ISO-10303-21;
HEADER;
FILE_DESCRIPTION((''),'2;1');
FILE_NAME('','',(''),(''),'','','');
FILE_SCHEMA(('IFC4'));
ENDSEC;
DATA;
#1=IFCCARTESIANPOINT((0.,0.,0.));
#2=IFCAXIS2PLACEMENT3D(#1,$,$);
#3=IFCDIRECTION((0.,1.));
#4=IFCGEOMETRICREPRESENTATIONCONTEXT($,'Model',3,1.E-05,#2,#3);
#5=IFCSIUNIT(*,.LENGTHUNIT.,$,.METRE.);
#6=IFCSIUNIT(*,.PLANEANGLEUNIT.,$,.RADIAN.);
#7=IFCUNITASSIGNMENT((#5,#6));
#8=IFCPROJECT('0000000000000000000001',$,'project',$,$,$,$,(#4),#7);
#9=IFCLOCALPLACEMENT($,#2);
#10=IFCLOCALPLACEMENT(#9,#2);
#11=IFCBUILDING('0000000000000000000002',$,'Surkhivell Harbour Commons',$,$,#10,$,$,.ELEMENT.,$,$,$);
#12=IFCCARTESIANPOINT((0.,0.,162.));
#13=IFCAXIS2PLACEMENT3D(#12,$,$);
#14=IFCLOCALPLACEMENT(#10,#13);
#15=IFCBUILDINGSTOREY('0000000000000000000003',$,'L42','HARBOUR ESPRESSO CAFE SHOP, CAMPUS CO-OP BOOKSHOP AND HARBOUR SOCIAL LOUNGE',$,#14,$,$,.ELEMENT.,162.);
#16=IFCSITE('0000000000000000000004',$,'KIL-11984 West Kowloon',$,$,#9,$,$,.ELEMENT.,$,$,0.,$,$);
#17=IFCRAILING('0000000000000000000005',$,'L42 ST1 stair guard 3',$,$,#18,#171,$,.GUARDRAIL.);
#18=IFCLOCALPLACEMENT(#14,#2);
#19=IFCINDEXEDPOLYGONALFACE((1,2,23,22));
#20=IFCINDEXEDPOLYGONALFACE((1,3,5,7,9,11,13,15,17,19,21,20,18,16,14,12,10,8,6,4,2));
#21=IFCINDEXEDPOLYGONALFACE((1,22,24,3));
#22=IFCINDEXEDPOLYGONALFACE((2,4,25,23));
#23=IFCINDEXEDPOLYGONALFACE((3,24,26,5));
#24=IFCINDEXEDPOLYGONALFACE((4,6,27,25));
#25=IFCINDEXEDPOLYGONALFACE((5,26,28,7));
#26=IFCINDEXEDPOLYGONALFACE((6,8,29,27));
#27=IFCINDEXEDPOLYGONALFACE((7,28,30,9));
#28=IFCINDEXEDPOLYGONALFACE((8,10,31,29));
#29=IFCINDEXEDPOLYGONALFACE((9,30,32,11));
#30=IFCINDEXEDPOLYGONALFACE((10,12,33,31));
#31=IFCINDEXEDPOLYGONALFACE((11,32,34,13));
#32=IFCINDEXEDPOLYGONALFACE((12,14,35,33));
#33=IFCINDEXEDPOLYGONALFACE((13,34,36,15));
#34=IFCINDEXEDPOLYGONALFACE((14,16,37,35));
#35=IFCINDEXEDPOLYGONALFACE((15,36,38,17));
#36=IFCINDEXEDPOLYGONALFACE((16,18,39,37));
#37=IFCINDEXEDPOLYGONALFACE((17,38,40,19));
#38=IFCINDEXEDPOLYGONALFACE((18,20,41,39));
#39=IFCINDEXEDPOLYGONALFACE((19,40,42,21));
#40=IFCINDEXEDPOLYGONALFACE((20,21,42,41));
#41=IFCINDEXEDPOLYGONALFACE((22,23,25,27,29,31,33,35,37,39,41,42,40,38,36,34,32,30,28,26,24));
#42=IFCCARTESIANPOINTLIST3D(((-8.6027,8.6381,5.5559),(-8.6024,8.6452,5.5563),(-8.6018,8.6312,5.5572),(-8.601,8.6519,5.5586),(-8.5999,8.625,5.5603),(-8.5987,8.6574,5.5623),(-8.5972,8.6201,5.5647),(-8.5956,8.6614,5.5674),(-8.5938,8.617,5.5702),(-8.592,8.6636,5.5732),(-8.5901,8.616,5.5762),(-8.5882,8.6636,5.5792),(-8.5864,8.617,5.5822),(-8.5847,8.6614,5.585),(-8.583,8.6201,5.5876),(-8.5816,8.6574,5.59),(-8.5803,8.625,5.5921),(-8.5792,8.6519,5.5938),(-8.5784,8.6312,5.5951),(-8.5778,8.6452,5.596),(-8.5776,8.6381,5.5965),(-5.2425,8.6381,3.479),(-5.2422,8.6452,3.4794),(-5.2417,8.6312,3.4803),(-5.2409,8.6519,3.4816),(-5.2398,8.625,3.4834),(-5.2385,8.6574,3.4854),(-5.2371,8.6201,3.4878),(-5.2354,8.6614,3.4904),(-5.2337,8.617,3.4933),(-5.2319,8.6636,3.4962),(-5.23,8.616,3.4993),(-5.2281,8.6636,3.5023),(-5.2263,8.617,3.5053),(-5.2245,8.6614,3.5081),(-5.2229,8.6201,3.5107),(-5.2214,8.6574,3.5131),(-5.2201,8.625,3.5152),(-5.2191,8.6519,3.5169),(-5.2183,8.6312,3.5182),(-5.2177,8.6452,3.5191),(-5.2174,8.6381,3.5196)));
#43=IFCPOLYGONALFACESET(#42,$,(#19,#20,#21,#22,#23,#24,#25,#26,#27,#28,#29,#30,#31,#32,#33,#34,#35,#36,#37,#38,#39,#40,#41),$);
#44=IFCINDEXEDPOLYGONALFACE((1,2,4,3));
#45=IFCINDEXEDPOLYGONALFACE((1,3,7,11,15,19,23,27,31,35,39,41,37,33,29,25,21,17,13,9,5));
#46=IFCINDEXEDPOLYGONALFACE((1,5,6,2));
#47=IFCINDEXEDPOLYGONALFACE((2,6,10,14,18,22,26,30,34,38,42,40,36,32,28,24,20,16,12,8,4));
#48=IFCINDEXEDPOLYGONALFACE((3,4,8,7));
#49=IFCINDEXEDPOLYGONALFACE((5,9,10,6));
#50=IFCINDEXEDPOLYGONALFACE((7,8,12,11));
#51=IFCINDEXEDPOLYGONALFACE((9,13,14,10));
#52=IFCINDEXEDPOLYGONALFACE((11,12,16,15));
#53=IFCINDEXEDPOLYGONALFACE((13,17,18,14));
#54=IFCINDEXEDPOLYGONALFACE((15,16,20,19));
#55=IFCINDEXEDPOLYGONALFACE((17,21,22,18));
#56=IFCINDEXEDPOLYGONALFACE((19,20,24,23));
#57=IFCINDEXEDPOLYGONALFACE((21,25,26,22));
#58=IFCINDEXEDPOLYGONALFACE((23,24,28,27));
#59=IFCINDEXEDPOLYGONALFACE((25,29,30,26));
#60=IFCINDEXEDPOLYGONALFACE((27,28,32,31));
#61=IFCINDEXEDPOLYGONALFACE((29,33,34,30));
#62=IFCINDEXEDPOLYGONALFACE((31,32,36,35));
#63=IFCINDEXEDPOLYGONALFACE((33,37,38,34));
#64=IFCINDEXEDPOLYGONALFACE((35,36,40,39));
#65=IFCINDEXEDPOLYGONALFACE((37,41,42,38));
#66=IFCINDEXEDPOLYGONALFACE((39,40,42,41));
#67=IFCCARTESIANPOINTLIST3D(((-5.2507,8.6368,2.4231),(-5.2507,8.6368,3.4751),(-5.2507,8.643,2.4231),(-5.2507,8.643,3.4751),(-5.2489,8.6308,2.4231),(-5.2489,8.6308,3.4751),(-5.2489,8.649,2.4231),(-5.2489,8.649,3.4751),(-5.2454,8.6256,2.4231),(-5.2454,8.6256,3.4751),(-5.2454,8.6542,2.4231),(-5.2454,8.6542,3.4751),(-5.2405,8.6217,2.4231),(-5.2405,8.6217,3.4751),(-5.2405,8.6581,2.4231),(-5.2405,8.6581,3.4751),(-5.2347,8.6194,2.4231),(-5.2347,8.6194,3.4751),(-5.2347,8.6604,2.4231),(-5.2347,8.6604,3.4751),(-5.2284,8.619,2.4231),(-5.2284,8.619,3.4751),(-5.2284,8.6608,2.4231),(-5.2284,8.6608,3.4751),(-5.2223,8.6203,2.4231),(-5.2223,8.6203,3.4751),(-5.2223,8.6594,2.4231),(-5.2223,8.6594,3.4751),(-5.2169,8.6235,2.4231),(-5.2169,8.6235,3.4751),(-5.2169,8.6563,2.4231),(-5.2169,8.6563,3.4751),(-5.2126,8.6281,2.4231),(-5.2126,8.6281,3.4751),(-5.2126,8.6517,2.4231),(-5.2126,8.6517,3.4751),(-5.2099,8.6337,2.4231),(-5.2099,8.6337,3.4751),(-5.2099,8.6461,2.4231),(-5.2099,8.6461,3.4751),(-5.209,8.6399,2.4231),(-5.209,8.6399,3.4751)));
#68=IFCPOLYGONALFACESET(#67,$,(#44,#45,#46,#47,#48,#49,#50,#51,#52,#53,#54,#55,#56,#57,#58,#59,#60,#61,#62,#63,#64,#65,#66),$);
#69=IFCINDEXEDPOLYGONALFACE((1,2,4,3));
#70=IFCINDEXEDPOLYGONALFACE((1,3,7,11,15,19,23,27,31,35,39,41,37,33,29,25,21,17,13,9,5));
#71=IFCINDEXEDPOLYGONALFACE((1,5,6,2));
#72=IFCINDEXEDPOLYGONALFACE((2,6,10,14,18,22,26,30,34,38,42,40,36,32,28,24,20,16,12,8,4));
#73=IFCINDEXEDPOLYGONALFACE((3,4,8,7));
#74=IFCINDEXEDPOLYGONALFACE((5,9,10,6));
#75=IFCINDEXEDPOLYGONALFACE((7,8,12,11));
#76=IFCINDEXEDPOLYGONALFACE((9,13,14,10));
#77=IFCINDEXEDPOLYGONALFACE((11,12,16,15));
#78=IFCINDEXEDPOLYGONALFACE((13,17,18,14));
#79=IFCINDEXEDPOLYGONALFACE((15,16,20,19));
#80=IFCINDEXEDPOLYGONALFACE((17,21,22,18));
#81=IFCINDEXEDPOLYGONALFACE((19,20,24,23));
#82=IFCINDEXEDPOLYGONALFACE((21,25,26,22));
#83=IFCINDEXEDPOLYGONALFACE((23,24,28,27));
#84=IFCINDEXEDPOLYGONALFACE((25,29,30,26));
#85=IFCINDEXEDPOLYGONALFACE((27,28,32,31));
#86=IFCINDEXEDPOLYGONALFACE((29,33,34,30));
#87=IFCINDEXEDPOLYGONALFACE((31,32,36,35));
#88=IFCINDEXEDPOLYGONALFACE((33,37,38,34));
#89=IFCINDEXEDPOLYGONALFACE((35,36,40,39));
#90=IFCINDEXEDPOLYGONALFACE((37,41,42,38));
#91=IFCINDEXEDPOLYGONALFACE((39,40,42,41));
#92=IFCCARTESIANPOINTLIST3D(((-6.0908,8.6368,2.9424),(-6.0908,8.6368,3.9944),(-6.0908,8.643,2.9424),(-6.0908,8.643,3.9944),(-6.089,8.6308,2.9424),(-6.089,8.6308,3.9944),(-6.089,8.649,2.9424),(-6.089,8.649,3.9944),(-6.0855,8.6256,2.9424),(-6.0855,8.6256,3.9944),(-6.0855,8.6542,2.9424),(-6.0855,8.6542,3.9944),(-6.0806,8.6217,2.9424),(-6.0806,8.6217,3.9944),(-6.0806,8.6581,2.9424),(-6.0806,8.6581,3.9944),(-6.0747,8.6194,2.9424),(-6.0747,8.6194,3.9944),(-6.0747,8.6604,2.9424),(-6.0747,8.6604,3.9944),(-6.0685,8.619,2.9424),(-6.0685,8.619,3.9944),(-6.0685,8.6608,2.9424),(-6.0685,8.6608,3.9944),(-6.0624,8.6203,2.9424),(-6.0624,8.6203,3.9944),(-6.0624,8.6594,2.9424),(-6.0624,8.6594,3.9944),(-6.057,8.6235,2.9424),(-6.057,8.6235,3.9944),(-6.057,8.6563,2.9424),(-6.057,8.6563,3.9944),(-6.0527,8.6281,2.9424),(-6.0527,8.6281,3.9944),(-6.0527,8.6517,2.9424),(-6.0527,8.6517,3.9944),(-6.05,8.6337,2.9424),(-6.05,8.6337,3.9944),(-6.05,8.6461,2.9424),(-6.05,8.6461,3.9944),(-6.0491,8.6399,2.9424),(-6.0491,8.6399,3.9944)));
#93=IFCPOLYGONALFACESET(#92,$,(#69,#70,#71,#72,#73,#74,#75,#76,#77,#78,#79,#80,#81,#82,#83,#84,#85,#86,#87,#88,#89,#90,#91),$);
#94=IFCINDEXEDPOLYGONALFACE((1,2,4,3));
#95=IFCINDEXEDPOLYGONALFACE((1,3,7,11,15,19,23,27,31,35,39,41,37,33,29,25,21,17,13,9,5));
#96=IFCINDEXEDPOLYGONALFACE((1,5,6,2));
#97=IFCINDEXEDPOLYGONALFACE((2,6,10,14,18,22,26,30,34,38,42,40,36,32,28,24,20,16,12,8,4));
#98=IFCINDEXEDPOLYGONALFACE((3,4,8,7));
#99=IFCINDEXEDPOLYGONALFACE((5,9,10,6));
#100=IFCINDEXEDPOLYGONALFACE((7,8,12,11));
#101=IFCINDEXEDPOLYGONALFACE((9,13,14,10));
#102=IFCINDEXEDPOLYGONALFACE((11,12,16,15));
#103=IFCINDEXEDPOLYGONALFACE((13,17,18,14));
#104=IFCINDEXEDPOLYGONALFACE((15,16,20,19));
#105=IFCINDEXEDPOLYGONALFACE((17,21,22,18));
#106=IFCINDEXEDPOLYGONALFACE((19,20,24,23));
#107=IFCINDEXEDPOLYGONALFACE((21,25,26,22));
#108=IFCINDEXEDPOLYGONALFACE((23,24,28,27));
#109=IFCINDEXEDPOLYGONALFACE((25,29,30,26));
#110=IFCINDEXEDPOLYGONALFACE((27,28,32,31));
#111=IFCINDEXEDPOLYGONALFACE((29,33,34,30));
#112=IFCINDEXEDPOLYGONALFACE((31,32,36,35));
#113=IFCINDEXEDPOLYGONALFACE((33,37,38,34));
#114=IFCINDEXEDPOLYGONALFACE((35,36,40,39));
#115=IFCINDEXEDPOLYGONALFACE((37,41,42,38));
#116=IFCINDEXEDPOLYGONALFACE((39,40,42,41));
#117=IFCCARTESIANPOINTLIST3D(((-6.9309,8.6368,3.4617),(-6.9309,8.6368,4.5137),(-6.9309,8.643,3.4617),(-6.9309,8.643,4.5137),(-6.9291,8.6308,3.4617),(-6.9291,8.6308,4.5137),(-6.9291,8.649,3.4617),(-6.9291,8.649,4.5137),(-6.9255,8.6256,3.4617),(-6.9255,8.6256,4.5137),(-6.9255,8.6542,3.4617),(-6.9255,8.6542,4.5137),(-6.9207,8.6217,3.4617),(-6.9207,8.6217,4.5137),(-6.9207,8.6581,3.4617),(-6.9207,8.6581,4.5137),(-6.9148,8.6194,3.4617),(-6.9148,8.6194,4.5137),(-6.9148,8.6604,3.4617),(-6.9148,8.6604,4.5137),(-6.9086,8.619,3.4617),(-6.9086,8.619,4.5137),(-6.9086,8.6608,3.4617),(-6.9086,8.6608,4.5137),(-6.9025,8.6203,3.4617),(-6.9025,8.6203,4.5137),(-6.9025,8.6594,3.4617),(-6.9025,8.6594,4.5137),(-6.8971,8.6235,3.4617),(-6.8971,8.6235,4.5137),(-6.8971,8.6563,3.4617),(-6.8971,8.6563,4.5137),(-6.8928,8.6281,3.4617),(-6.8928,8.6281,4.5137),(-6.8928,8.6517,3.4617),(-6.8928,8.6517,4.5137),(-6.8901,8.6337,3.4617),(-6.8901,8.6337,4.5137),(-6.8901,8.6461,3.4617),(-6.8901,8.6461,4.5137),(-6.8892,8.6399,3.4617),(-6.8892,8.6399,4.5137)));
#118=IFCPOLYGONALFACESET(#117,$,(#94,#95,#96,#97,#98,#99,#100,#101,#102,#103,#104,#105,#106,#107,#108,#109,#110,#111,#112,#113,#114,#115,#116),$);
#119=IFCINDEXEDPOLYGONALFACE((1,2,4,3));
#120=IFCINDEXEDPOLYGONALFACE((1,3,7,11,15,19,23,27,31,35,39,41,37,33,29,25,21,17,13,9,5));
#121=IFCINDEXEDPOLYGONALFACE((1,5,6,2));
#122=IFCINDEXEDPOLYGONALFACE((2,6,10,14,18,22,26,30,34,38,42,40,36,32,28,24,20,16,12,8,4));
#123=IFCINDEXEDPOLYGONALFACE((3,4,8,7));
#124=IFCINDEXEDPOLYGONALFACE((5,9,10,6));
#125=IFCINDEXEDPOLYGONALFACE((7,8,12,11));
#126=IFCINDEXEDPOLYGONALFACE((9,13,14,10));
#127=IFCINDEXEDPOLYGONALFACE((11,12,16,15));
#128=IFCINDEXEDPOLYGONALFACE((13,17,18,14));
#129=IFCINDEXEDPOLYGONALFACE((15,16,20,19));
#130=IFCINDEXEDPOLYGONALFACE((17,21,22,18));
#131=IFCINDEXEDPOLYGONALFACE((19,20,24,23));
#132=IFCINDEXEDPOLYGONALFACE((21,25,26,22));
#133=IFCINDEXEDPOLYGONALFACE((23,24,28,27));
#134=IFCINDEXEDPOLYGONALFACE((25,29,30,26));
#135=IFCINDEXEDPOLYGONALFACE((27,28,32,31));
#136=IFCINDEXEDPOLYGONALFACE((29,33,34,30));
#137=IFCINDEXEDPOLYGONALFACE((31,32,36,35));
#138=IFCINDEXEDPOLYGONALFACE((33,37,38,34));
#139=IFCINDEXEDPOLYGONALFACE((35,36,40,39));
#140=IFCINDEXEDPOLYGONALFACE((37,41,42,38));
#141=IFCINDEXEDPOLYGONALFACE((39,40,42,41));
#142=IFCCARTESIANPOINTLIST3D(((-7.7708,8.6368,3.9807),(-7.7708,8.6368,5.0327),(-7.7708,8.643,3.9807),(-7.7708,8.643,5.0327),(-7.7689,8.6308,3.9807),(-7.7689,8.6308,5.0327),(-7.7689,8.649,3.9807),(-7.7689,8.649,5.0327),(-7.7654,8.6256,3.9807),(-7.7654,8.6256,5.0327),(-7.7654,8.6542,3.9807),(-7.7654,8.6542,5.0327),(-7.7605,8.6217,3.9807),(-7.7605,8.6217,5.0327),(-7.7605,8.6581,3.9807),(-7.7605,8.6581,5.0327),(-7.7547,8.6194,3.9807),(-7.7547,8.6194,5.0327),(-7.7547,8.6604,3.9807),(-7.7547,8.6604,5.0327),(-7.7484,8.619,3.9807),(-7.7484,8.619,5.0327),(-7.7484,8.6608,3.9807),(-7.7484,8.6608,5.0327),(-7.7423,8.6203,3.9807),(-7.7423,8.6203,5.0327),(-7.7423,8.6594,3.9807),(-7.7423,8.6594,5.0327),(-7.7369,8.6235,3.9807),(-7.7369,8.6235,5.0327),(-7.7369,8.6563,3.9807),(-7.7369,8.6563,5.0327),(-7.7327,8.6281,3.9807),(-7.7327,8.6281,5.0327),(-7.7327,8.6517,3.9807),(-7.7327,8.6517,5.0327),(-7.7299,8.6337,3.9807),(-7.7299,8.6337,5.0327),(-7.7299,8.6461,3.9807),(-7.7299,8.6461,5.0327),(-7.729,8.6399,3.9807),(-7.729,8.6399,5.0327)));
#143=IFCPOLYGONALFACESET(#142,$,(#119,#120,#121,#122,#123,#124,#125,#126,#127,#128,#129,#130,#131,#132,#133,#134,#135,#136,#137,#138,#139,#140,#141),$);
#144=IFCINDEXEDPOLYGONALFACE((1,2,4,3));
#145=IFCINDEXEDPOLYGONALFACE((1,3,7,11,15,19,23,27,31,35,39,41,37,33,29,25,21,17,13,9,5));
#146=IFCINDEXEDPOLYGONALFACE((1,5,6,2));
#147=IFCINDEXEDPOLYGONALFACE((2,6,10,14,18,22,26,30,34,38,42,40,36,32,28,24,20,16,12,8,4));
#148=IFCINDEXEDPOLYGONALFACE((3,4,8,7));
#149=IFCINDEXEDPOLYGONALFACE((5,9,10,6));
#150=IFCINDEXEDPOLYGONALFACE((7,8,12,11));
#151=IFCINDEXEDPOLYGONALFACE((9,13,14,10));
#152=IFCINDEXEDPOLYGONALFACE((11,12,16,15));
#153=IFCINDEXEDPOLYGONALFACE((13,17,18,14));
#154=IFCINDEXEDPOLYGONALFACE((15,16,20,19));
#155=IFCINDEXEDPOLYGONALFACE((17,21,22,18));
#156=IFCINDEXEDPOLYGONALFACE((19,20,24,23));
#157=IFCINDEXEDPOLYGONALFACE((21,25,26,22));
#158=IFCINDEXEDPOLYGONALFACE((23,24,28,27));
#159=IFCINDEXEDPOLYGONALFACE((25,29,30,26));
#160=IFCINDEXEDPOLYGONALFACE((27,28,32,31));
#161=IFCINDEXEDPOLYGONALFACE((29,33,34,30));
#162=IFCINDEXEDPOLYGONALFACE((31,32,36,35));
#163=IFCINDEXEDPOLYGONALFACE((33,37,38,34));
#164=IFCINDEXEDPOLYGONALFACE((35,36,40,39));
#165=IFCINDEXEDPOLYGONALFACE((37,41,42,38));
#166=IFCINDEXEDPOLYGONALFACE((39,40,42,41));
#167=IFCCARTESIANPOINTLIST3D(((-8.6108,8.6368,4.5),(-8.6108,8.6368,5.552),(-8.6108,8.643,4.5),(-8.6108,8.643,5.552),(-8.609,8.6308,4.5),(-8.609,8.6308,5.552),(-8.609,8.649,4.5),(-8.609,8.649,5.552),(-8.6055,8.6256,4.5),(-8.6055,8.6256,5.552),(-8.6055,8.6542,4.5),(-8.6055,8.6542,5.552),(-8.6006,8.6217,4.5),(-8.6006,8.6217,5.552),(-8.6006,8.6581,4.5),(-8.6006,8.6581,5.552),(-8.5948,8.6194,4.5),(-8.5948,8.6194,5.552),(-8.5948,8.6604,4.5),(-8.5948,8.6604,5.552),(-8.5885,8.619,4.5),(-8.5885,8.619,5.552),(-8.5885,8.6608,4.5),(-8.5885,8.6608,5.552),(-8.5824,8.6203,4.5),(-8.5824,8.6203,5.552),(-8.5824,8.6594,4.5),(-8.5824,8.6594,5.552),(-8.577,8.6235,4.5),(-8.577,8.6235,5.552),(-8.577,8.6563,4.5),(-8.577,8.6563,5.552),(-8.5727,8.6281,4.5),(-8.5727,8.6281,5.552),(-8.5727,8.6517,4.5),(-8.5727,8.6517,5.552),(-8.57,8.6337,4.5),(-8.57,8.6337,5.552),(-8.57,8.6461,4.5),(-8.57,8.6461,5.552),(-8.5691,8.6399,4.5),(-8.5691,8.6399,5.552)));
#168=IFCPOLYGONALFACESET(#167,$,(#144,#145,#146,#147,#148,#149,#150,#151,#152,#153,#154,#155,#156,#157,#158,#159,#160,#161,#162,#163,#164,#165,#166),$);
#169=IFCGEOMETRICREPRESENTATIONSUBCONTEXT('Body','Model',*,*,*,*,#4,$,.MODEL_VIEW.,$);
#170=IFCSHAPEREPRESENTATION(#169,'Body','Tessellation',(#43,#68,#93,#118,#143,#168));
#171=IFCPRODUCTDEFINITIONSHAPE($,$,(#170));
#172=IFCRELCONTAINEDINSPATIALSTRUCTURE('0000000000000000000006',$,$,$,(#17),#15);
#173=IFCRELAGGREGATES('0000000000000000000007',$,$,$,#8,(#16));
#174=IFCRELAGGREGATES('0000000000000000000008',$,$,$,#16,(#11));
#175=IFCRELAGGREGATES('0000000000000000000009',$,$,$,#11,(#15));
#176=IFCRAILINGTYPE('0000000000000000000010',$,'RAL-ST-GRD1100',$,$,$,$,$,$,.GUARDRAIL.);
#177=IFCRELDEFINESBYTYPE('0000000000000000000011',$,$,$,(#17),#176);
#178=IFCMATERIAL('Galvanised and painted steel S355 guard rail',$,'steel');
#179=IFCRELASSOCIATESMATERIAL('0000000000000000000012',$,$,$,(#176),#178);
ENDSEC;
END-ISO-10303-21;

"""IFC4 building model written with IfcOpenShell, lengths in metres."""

from ifc_helpers import new_model, si_unit, direction, frame, origin, origin_2d, place, context, subcontext, project, spatial, circle, extrude, material, type_object, element, save


model = new_model("IFC4")

# Units and contexts
model_context = context("Model", 3, precision=1e-05, world=origin(), true_north=direction((0.0, 1.0)))
body_context = subcontext(model_context, "Body", "Model", "MODEL_VIEW")
ifc_project = project(units=[si_unit("LENGTHUNIT", "METRE"), si_unit("PLANEANGLEUNIT", "RADIAN")], contexts=[model_context])

# Site, building, storey
site_placement = place(None, origin())
site = spatial("IfcSite", under=ifc_project, at=site_placement, Name="KIL-11984 West Kowloon", CompositionType="ELEMENT", RefElevation=0.0)
building_placement = place(site_placement, origin())
building = spatial("IfcBuilding", under=site, at=building_placement, Name="Surkhivell Harbour Commons", CompositionType="ELEMENT")
storey_placement = place(building_placement, frame((0.0, 0.0, 162.0)))
storey = spatial("IfcBuildingStorey", under=building, at=storey_placement, Name="L42", Description="HARBOUR ESPRESSO CAFE SHOP, CAMPUS CO-OP BOOKSHOP AND HARBOUR SOCIAL LOUNGE", CompositionType="ELEMENT", Elevation=162.0)

# Railing
ifc_material_1 = material(Name="Galvanised and painted steel S355 guard rail", Category="steel")
railing_type_1 = type_object("IfcRailingType", Name="RAL-ST-GRD1100", PredefinedType="GUARDRAIL", material=ifc_material_1)
railing_1_placement = place(storey_placement, frame((-5.23, 8.6399, 2.4231)))
element("IfcRailing", 1, at=railing_1_placement, inside=storey, type_object=railing_type_1, Name="L42 ST1 stair guard 3", PredefinedType="GUARDRAIL", context=body_context, shape_type="SweptSolid", body=[
    extrude(circle(Radius=0.0239, at=origin_2d()), frame((0.0, 0.0, 1.0762), z_axis=(-0.850623, 0.0, 0.525776), x_axis=(0.0, -1.0, 0.0)), (0.0, 0.0, 1.0), 3.9502),
    extrude(circle(Radius=0.021, at=origin_2d()), origin(), (0.0, 0.0, 1.0), 1.052),
    extrude(circle(Radius=0.021, at=origin_2d()), frame((-0.8401, 0.0, 0.5193)), (0.0, 0.0, 1.0), 1.052),
    extrude(circle(Radius=0.021, at=origin_2d()), frame((-1.6802, 0.0, 1.0386)), (0.0, 0.0, 1.0), 1.052),
    extrude(circle(Radius=0.021, at=origin_2d()), frame((-2.52, 0.0, 1.5576)), (0.0, 0.0, 1.0), 1.052),
    extrude(circle(Radius=0.021, at=origin_2d()), frame((-3.3601, 0.0, 2.0769)), (0.0, 0.0, 1.0), 1.052),
])

save(model, "model.ifc")
